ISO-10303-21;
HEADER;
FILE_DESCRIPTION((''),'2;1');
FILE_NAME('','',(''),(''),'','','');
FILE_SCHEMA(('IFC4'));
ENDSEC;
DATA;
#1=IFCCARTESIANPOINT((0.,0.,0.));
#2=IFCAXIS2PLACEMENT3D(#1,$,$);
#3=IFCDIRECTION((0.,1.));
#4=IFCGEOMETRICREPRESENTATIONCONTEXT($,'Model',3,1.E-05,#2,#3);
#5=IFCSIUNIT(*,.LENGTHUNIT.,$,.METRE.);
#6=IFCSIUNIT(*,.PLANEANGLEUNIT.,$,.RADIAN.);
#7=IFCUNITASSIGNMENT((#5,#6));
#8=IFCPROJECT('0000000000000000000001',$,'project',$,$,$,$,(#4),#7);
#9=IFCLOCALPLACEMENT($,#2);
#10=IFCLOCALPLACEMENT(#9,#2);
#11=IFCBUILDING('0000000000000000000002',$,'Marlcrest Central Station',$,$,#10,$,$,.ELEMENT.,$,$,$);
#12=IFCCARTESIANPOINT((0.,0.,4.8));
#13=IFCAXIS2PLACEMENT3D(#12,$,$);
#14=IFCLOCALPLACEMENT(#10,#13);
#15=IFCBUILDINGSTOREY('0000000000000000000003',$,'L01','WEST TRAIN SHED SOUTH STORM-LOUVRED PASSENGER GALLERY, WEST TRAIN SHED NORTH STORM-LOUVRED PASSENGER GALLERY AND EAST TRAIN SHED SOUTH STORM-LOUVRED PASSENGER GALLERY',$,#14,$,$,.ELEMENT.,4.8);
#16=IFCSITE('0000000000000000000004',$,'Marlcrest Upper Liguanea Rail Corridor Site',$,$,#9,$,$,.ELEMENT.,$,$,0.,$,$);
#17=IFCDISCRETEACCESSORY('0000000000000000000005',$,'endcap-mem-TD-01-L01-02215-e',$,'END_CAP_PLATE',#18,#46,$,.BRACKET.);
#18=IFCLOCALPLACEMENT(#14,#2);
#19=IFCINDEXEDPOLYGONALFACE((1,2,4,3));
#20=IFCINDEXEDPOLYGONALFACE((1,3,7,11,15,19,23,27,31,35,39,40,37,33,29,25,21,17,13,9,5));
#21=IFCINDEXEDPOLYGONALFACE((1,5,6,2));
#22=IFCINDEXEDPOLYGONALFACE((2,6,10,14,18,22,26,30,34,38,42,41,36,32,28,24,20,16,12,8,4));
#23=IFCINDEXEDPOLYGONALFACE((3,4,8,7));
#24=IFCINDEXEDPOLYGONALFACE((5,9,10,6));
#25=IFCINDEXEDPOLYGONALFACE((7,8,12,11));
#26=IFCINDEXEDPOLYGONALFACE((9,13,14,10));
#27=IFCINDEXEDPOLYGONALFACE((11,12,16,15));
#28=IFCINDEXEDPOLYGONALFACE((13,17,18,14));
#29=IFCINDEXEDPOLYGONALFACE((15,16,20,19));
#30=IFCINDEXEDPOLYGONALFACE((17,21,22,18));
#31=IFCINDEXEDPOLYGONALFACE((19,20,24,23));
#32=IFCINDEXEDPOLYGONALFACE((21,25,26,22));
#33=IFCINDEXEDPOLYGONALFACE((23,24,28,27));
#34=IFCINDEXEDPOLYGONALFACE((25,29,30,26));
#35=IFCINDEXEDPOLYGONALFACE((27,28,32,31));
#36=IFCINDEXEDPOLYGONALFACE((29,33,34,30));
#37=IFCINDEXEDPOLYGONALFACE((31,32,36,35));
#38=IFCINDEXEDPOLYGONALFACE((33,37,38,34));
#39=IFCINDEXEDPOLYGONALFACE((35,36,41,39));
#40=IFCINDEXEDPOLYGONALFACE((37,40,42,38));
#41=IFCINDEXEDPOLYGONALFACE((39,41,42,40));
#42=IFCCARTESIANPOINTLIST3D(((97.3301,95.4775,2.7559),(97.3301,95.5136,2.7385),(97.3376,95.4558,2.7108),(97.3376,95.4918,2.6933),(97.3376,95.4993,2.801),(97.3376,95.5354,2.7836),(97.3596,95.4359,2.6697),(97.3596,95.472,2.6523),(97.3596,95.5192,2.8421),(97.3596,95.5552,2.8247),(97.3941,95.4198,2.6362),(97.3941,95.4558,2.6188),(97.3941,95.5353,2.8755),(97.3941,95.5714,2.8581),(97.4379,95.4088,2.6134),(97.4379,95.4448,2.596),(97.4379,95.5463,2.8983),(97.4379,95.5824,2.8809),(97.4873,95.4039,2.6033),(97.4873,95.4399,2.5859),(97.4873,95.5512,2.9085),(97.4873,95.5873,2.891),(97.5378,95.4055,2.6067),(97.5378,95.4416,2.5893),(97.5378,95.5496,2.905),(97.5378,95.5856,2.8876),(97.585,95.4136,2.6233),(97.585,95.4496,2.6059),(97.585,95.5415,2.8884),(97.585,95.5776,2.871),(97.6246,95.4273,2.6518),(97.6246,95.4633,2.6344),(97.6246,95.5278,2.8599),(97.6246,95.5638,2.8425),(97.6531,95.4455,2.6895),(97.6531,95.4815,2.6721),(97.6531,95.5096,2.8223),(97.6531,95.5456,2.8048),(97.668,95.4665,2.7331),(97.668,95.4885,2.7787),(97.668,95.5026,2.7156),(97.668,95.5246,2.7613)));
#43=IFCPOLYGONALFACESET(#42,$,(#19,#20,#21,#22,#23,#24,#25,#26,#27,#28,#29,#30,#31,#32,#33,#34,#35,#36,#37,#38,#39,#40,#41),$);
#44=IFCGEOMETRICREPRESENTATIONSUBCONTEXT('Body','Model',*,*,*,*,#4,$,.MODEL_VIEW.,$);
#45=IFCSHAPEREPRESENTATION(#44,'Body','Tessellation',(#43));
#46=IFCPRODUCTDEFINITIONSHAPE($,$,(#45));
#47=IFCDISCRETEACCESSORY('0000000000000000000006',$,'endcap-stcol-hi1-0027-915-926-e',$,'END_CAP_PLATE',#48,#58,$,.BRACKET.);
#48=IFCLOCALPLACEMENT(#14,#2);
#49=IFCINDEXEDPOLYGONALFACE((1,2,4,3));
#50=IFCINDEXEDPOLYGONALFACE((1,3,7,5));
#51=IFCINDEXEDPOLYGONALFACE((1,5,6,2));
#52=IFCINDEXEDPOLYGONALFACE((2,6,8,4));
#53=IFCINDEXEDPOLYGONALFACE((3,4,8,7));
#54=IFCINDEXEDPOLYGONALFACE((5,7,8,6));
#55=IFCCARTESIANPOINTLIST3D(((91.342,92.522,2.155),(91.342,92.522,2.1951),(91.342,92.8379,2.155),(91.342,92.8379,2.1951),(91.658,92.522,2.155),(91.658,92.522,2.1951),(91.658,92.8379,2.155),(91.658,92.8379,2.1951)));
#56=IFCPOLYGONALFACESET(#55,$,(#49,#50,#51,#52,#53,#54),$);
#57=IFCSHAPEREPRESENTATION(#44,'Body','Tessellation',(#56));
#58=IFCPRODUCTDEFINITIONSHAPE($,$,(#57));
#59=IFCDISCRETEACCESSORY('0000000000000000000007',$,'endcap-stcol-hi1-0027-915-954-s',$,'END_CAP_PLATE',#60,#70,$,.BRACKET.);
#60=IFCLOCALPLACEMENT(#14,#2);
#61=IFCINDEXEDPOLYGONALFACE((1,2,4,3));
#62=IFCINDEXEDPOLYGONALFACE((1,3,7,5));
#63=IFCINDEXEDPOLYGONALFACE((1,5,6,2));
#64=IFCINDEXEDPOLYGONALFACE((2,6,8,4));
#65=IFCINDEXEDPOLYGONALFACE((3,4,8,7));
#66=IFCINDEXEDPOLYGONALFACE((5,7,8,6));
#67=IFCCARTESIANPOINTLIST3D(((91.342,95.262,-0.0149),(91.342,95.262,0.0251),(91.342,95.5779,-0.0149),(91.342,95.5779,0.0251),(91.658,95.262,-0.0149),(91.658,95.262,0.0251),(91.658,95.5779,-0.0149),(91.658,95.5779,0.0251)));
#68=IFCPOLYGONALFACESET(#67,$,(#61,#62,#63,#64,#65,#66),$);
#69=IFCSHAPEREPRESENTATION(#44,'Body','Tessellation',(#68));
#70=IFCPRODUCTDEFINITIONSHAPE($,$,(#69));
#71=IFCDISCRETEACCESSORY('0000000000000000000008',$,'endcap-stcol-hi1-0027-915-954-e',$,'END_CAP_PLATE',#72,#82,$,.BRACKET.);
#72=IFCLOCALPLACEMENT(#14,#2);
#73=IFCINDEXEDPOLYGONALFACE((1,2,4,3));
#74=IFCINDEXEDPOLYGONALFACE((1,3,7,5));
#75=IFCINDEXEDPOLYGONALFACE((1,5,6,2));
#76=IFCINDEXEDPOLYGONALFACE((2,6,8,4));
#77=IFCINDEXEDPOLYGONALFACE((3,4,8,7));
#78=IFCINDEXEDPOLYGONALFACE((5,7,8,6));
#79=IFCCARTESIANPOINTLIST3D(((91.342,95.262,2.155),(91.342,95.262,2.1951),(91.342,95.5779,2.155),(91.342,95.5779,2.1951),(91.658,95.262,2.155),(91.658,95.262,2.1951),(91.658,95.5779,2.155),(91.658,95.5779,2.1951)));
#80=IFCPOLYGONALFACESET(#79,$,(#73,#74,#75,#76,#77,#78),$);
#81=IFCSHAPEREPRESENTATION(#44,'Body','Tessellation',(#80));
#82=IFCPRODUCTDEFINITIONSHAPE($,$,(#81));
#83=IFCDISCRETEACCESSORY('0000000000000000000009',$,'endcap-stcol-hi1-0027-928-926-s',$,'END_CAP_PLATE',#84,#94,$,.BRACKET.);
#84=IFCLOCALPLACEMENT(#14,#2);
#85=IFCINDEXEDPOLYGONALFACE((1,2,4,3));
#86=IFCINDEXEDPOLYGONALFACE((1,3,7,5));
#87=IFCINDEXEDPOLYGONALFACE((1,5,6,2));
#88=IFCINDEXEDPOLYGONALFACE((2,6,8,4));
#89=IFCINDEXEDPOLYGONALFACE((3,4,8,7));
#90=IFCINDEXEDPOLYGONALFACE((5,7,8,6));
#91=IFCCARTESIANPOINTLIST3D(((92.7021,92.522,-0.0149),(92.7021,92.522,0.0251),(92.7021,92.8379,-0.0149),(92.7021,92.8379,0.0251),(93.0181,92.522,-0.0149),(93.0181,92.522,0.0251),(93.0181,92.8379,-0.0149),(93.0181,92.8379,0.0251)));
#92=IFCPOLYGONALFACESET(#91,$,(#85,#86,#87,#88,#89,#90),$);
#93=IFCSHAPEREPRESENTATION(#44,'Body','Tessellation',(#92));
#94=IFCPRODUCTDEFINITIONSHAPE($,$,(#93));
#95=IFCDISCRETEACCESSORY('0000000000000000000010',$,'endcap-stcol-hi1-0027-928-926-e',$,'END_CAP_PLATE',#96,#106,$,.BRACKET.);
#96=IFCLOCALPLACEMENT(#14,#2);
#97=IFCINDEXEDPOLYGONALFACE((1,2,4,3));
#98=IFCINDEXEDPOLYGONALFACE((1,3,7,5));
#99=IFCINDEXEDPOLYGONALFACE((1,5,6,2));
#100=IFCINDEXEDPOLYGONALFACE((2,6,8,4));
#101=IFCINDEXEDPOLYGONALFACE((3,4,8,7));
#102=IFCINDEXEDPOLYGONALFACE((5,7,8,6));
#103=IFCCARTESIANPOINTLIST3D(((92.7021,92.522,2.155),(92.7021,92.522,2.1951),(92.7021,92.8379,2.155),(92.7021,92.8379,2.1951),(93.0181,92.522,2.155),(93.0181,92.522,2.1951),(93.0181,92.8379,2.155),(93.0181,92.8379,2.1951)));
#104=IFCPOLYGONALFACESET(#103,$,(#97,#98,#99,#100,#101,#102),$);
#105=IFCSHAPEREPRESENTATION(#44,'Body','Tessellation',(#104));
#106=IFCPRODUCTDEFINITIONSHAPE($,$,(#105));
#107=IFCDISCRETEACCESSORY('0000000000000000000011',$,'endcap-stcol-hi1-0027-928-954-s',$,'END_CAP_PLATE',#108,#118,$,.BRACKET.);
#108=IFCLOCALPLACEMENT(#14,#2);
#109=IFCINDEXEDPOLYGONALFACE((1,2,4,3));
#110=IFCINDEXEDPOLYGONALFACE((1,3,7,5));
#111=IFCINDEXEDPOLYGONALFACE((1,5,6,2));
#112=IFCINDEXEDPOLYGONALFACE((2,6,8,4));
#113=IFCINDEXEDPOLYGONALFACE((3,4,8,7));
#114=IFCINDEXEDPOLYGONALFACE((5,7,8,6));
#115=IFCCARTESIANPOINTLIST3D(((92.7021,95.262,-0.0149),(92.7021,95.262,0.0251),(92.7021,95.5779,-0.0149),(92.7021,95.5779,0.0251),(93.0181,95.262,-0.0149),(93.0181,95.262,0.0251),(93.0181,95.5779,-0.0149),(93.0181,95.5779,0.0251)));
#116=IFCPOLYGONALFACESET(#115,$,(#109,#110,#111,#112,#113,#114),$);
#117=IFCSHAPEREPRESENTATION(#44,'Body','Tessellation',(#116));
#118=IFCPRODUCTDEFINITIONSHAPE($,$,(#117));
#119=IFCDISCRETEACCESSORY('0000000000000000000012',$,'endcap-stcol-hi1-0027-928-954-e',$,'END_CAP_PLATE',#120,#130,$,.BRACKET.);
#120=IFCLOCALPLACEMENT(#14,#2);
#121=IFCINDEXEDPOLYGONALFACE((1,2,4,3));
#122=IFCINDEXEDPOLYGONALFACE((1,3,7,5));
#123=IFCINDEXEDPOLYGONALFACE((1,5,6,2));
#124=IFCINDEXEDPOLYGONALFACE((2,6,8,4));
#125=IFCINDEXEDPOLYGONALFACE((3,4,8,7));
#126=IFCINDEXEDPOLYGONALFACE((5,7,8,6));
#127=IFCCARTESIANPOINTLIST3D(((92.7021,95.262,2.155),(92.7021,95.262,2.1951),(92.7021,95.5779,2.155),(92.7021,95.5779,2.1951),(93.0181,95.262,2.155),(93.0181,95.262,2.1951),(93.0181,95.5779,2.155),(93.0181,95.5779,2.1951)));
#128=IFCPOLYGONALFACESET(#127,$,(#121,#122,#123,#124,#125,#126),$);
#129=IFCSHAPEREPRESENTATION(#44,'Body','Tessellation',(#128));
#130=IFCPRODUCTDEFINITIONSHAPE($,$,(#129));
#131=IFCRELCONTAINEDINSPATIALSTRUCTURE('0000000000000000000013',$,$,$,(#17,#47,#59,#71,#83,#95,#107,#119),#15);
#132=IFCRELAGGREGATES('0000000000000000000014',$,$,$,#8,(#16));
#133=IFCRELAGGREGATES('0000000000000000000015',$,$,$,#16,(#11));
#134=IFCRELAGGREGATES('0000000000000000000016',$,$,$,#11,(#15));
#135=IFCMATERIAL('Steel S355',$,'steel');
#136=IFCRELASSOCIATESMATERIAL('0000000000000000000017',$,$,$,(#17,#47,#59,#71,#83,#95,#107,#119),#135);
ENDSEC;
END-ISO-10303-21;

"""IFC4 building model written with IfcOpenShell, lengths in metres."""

from ifc_helpers import new_model, si_unit, direction, frame, origin, origin_2d, place, context, subcontext, project, spatial, rectangle, circle, extrude, material, element, save


model = new_model("IFC4")

# Units and contexts
model_context = context("Model", 3, precision=1e-05, world=origin(), true_north=direction((0.0, 1.0)))
body_context = subcontext(model_context, "Body", "Model", "MODEL_VIEW")
ifc_project = project(units=[si_unit("LENGTHUNIT", "METRE"), si_unit("PLANEANGLEUNIT", "RADIAN")], contexts=[model_context])

# Site, building, storey
site_placement = place(None, origin())
site = spatial("IfcSite", under=ifc_project, at=site_placement, Name="Marlcrest Upper Liguanea Rail Corridor Site", CompositionType="ELEMENT", RefElevation=0.0)
building_placement = place(site_placement, origin())
building = spatial("IfcBuilding", under=site, at=building_placement, Name="Marlcrest Central Station", CompositionType="ELEMENT")
storey_placement = place(building_placement, frame((0.0, 0.0, 4.8)))
storey = spatial("IfcBuildingStorey", under=building, at=storey_placement, Name="L01", Description="WEST TRAIN SHED SOUTH STORM-LOUVRED PASSENGER GALLERY, WEST TRAIN SHED NORTH STORM-LOUVRED PASSENGER GALLERY AND EAST TRAIN SHED SOUTH STORM-LOUVRED PASSENGER GALLERY", CompositionType="ELEMENT", Elevation=4.8)

# Shared definitions
ifc_material_1 = material(Name="Steel S355", Category="steel")

# Discrete accessories
discrete_accessory_placement = place(storey_placement, frame((97.5, 95.4775, 2.7559), z_axis=(0.0, 0.900552, -0.434749), x_axis=(-1.0, 0.0, 0.0)))
element("IfcDiscreteAccessory", 1, at=discrete_accessory_placement, inside=storey, material=ifc_material_1, Name="endcap-mem-TD-01-L01-02215-e", ObjectType="END_CAP_PLATE", PredefinedType="BRACKET", context=body_context, shape_type="SweptSolid", body=[
    extrude(circle(Radius=0.1699, at=origin_2d()), origin(), (0.0, 0.0, 1.0), 0.04),
])
for number, where, z_axis, x_axis, name in (
    (2, (91.5, 92.6799, 2.155), (0.0, 0.0, 1.0), (1.0, 0.0, 0.0), "endcap-stcol-hi1-0027-915-926-e"),
    (3, (91.5, 95.4199, -0.0149), (0.0, 0.0, 1.0), (1.0, 0.0, 0.0), "endcap-stcol-hi1-0027-915-954-s"),
    (4, (91.5, 95.4199, 2.155), (0.0, 0.0, 1.0), (1.0, 0.0, 0.0), "endcap-stcol-hi1-0027-915-954-e"),
    (5, (92.8601, 92.6799, -0.0149), (0.0, 0.0, 1.0), (1.0, 0.0, 0.0), "endcap-stcol-hi1-0027-928-926-s"),
    (6, (92.8601, 92.6799, 2.155), (0.0, 0.0, 1.0), (1.0, 0.0, 0.0), "endcap-stcol-hi1-0027-928-926-e"),
    (7, (92.8601, 95.4199, -0.0149), (0.0, 0.0, 1.0), (1.0, 0.0, 0.0), "endcap-stcol-hi1-0027-928-954-s"),
    (8, (92.8601, 95.4199, 2.155), (0.0, 0.0, 1.0), (1.0, 0.0, 0.0), "endcap-stcol-hi1-0027-928-954-e"),
):
    element("IfcDiscreteAccessory", number, at=place(storey_placement, frame(where, z_axis=z_axis, x_axis=x_axis)), inside=storey, material=ifc_material_1, Name=name, ObjectType="END_CAP_PLATE", PredefinedType="BRACKET", context=body_context, shape_type="SweptSolid", body=[
        extrude(rectangle(XDim=0.3159, YDim=0.3159, at=origin_2d()), origin(), (0.0, 0.0, 1.0), 0.04),
    ])

save(model, "model.ifc")
